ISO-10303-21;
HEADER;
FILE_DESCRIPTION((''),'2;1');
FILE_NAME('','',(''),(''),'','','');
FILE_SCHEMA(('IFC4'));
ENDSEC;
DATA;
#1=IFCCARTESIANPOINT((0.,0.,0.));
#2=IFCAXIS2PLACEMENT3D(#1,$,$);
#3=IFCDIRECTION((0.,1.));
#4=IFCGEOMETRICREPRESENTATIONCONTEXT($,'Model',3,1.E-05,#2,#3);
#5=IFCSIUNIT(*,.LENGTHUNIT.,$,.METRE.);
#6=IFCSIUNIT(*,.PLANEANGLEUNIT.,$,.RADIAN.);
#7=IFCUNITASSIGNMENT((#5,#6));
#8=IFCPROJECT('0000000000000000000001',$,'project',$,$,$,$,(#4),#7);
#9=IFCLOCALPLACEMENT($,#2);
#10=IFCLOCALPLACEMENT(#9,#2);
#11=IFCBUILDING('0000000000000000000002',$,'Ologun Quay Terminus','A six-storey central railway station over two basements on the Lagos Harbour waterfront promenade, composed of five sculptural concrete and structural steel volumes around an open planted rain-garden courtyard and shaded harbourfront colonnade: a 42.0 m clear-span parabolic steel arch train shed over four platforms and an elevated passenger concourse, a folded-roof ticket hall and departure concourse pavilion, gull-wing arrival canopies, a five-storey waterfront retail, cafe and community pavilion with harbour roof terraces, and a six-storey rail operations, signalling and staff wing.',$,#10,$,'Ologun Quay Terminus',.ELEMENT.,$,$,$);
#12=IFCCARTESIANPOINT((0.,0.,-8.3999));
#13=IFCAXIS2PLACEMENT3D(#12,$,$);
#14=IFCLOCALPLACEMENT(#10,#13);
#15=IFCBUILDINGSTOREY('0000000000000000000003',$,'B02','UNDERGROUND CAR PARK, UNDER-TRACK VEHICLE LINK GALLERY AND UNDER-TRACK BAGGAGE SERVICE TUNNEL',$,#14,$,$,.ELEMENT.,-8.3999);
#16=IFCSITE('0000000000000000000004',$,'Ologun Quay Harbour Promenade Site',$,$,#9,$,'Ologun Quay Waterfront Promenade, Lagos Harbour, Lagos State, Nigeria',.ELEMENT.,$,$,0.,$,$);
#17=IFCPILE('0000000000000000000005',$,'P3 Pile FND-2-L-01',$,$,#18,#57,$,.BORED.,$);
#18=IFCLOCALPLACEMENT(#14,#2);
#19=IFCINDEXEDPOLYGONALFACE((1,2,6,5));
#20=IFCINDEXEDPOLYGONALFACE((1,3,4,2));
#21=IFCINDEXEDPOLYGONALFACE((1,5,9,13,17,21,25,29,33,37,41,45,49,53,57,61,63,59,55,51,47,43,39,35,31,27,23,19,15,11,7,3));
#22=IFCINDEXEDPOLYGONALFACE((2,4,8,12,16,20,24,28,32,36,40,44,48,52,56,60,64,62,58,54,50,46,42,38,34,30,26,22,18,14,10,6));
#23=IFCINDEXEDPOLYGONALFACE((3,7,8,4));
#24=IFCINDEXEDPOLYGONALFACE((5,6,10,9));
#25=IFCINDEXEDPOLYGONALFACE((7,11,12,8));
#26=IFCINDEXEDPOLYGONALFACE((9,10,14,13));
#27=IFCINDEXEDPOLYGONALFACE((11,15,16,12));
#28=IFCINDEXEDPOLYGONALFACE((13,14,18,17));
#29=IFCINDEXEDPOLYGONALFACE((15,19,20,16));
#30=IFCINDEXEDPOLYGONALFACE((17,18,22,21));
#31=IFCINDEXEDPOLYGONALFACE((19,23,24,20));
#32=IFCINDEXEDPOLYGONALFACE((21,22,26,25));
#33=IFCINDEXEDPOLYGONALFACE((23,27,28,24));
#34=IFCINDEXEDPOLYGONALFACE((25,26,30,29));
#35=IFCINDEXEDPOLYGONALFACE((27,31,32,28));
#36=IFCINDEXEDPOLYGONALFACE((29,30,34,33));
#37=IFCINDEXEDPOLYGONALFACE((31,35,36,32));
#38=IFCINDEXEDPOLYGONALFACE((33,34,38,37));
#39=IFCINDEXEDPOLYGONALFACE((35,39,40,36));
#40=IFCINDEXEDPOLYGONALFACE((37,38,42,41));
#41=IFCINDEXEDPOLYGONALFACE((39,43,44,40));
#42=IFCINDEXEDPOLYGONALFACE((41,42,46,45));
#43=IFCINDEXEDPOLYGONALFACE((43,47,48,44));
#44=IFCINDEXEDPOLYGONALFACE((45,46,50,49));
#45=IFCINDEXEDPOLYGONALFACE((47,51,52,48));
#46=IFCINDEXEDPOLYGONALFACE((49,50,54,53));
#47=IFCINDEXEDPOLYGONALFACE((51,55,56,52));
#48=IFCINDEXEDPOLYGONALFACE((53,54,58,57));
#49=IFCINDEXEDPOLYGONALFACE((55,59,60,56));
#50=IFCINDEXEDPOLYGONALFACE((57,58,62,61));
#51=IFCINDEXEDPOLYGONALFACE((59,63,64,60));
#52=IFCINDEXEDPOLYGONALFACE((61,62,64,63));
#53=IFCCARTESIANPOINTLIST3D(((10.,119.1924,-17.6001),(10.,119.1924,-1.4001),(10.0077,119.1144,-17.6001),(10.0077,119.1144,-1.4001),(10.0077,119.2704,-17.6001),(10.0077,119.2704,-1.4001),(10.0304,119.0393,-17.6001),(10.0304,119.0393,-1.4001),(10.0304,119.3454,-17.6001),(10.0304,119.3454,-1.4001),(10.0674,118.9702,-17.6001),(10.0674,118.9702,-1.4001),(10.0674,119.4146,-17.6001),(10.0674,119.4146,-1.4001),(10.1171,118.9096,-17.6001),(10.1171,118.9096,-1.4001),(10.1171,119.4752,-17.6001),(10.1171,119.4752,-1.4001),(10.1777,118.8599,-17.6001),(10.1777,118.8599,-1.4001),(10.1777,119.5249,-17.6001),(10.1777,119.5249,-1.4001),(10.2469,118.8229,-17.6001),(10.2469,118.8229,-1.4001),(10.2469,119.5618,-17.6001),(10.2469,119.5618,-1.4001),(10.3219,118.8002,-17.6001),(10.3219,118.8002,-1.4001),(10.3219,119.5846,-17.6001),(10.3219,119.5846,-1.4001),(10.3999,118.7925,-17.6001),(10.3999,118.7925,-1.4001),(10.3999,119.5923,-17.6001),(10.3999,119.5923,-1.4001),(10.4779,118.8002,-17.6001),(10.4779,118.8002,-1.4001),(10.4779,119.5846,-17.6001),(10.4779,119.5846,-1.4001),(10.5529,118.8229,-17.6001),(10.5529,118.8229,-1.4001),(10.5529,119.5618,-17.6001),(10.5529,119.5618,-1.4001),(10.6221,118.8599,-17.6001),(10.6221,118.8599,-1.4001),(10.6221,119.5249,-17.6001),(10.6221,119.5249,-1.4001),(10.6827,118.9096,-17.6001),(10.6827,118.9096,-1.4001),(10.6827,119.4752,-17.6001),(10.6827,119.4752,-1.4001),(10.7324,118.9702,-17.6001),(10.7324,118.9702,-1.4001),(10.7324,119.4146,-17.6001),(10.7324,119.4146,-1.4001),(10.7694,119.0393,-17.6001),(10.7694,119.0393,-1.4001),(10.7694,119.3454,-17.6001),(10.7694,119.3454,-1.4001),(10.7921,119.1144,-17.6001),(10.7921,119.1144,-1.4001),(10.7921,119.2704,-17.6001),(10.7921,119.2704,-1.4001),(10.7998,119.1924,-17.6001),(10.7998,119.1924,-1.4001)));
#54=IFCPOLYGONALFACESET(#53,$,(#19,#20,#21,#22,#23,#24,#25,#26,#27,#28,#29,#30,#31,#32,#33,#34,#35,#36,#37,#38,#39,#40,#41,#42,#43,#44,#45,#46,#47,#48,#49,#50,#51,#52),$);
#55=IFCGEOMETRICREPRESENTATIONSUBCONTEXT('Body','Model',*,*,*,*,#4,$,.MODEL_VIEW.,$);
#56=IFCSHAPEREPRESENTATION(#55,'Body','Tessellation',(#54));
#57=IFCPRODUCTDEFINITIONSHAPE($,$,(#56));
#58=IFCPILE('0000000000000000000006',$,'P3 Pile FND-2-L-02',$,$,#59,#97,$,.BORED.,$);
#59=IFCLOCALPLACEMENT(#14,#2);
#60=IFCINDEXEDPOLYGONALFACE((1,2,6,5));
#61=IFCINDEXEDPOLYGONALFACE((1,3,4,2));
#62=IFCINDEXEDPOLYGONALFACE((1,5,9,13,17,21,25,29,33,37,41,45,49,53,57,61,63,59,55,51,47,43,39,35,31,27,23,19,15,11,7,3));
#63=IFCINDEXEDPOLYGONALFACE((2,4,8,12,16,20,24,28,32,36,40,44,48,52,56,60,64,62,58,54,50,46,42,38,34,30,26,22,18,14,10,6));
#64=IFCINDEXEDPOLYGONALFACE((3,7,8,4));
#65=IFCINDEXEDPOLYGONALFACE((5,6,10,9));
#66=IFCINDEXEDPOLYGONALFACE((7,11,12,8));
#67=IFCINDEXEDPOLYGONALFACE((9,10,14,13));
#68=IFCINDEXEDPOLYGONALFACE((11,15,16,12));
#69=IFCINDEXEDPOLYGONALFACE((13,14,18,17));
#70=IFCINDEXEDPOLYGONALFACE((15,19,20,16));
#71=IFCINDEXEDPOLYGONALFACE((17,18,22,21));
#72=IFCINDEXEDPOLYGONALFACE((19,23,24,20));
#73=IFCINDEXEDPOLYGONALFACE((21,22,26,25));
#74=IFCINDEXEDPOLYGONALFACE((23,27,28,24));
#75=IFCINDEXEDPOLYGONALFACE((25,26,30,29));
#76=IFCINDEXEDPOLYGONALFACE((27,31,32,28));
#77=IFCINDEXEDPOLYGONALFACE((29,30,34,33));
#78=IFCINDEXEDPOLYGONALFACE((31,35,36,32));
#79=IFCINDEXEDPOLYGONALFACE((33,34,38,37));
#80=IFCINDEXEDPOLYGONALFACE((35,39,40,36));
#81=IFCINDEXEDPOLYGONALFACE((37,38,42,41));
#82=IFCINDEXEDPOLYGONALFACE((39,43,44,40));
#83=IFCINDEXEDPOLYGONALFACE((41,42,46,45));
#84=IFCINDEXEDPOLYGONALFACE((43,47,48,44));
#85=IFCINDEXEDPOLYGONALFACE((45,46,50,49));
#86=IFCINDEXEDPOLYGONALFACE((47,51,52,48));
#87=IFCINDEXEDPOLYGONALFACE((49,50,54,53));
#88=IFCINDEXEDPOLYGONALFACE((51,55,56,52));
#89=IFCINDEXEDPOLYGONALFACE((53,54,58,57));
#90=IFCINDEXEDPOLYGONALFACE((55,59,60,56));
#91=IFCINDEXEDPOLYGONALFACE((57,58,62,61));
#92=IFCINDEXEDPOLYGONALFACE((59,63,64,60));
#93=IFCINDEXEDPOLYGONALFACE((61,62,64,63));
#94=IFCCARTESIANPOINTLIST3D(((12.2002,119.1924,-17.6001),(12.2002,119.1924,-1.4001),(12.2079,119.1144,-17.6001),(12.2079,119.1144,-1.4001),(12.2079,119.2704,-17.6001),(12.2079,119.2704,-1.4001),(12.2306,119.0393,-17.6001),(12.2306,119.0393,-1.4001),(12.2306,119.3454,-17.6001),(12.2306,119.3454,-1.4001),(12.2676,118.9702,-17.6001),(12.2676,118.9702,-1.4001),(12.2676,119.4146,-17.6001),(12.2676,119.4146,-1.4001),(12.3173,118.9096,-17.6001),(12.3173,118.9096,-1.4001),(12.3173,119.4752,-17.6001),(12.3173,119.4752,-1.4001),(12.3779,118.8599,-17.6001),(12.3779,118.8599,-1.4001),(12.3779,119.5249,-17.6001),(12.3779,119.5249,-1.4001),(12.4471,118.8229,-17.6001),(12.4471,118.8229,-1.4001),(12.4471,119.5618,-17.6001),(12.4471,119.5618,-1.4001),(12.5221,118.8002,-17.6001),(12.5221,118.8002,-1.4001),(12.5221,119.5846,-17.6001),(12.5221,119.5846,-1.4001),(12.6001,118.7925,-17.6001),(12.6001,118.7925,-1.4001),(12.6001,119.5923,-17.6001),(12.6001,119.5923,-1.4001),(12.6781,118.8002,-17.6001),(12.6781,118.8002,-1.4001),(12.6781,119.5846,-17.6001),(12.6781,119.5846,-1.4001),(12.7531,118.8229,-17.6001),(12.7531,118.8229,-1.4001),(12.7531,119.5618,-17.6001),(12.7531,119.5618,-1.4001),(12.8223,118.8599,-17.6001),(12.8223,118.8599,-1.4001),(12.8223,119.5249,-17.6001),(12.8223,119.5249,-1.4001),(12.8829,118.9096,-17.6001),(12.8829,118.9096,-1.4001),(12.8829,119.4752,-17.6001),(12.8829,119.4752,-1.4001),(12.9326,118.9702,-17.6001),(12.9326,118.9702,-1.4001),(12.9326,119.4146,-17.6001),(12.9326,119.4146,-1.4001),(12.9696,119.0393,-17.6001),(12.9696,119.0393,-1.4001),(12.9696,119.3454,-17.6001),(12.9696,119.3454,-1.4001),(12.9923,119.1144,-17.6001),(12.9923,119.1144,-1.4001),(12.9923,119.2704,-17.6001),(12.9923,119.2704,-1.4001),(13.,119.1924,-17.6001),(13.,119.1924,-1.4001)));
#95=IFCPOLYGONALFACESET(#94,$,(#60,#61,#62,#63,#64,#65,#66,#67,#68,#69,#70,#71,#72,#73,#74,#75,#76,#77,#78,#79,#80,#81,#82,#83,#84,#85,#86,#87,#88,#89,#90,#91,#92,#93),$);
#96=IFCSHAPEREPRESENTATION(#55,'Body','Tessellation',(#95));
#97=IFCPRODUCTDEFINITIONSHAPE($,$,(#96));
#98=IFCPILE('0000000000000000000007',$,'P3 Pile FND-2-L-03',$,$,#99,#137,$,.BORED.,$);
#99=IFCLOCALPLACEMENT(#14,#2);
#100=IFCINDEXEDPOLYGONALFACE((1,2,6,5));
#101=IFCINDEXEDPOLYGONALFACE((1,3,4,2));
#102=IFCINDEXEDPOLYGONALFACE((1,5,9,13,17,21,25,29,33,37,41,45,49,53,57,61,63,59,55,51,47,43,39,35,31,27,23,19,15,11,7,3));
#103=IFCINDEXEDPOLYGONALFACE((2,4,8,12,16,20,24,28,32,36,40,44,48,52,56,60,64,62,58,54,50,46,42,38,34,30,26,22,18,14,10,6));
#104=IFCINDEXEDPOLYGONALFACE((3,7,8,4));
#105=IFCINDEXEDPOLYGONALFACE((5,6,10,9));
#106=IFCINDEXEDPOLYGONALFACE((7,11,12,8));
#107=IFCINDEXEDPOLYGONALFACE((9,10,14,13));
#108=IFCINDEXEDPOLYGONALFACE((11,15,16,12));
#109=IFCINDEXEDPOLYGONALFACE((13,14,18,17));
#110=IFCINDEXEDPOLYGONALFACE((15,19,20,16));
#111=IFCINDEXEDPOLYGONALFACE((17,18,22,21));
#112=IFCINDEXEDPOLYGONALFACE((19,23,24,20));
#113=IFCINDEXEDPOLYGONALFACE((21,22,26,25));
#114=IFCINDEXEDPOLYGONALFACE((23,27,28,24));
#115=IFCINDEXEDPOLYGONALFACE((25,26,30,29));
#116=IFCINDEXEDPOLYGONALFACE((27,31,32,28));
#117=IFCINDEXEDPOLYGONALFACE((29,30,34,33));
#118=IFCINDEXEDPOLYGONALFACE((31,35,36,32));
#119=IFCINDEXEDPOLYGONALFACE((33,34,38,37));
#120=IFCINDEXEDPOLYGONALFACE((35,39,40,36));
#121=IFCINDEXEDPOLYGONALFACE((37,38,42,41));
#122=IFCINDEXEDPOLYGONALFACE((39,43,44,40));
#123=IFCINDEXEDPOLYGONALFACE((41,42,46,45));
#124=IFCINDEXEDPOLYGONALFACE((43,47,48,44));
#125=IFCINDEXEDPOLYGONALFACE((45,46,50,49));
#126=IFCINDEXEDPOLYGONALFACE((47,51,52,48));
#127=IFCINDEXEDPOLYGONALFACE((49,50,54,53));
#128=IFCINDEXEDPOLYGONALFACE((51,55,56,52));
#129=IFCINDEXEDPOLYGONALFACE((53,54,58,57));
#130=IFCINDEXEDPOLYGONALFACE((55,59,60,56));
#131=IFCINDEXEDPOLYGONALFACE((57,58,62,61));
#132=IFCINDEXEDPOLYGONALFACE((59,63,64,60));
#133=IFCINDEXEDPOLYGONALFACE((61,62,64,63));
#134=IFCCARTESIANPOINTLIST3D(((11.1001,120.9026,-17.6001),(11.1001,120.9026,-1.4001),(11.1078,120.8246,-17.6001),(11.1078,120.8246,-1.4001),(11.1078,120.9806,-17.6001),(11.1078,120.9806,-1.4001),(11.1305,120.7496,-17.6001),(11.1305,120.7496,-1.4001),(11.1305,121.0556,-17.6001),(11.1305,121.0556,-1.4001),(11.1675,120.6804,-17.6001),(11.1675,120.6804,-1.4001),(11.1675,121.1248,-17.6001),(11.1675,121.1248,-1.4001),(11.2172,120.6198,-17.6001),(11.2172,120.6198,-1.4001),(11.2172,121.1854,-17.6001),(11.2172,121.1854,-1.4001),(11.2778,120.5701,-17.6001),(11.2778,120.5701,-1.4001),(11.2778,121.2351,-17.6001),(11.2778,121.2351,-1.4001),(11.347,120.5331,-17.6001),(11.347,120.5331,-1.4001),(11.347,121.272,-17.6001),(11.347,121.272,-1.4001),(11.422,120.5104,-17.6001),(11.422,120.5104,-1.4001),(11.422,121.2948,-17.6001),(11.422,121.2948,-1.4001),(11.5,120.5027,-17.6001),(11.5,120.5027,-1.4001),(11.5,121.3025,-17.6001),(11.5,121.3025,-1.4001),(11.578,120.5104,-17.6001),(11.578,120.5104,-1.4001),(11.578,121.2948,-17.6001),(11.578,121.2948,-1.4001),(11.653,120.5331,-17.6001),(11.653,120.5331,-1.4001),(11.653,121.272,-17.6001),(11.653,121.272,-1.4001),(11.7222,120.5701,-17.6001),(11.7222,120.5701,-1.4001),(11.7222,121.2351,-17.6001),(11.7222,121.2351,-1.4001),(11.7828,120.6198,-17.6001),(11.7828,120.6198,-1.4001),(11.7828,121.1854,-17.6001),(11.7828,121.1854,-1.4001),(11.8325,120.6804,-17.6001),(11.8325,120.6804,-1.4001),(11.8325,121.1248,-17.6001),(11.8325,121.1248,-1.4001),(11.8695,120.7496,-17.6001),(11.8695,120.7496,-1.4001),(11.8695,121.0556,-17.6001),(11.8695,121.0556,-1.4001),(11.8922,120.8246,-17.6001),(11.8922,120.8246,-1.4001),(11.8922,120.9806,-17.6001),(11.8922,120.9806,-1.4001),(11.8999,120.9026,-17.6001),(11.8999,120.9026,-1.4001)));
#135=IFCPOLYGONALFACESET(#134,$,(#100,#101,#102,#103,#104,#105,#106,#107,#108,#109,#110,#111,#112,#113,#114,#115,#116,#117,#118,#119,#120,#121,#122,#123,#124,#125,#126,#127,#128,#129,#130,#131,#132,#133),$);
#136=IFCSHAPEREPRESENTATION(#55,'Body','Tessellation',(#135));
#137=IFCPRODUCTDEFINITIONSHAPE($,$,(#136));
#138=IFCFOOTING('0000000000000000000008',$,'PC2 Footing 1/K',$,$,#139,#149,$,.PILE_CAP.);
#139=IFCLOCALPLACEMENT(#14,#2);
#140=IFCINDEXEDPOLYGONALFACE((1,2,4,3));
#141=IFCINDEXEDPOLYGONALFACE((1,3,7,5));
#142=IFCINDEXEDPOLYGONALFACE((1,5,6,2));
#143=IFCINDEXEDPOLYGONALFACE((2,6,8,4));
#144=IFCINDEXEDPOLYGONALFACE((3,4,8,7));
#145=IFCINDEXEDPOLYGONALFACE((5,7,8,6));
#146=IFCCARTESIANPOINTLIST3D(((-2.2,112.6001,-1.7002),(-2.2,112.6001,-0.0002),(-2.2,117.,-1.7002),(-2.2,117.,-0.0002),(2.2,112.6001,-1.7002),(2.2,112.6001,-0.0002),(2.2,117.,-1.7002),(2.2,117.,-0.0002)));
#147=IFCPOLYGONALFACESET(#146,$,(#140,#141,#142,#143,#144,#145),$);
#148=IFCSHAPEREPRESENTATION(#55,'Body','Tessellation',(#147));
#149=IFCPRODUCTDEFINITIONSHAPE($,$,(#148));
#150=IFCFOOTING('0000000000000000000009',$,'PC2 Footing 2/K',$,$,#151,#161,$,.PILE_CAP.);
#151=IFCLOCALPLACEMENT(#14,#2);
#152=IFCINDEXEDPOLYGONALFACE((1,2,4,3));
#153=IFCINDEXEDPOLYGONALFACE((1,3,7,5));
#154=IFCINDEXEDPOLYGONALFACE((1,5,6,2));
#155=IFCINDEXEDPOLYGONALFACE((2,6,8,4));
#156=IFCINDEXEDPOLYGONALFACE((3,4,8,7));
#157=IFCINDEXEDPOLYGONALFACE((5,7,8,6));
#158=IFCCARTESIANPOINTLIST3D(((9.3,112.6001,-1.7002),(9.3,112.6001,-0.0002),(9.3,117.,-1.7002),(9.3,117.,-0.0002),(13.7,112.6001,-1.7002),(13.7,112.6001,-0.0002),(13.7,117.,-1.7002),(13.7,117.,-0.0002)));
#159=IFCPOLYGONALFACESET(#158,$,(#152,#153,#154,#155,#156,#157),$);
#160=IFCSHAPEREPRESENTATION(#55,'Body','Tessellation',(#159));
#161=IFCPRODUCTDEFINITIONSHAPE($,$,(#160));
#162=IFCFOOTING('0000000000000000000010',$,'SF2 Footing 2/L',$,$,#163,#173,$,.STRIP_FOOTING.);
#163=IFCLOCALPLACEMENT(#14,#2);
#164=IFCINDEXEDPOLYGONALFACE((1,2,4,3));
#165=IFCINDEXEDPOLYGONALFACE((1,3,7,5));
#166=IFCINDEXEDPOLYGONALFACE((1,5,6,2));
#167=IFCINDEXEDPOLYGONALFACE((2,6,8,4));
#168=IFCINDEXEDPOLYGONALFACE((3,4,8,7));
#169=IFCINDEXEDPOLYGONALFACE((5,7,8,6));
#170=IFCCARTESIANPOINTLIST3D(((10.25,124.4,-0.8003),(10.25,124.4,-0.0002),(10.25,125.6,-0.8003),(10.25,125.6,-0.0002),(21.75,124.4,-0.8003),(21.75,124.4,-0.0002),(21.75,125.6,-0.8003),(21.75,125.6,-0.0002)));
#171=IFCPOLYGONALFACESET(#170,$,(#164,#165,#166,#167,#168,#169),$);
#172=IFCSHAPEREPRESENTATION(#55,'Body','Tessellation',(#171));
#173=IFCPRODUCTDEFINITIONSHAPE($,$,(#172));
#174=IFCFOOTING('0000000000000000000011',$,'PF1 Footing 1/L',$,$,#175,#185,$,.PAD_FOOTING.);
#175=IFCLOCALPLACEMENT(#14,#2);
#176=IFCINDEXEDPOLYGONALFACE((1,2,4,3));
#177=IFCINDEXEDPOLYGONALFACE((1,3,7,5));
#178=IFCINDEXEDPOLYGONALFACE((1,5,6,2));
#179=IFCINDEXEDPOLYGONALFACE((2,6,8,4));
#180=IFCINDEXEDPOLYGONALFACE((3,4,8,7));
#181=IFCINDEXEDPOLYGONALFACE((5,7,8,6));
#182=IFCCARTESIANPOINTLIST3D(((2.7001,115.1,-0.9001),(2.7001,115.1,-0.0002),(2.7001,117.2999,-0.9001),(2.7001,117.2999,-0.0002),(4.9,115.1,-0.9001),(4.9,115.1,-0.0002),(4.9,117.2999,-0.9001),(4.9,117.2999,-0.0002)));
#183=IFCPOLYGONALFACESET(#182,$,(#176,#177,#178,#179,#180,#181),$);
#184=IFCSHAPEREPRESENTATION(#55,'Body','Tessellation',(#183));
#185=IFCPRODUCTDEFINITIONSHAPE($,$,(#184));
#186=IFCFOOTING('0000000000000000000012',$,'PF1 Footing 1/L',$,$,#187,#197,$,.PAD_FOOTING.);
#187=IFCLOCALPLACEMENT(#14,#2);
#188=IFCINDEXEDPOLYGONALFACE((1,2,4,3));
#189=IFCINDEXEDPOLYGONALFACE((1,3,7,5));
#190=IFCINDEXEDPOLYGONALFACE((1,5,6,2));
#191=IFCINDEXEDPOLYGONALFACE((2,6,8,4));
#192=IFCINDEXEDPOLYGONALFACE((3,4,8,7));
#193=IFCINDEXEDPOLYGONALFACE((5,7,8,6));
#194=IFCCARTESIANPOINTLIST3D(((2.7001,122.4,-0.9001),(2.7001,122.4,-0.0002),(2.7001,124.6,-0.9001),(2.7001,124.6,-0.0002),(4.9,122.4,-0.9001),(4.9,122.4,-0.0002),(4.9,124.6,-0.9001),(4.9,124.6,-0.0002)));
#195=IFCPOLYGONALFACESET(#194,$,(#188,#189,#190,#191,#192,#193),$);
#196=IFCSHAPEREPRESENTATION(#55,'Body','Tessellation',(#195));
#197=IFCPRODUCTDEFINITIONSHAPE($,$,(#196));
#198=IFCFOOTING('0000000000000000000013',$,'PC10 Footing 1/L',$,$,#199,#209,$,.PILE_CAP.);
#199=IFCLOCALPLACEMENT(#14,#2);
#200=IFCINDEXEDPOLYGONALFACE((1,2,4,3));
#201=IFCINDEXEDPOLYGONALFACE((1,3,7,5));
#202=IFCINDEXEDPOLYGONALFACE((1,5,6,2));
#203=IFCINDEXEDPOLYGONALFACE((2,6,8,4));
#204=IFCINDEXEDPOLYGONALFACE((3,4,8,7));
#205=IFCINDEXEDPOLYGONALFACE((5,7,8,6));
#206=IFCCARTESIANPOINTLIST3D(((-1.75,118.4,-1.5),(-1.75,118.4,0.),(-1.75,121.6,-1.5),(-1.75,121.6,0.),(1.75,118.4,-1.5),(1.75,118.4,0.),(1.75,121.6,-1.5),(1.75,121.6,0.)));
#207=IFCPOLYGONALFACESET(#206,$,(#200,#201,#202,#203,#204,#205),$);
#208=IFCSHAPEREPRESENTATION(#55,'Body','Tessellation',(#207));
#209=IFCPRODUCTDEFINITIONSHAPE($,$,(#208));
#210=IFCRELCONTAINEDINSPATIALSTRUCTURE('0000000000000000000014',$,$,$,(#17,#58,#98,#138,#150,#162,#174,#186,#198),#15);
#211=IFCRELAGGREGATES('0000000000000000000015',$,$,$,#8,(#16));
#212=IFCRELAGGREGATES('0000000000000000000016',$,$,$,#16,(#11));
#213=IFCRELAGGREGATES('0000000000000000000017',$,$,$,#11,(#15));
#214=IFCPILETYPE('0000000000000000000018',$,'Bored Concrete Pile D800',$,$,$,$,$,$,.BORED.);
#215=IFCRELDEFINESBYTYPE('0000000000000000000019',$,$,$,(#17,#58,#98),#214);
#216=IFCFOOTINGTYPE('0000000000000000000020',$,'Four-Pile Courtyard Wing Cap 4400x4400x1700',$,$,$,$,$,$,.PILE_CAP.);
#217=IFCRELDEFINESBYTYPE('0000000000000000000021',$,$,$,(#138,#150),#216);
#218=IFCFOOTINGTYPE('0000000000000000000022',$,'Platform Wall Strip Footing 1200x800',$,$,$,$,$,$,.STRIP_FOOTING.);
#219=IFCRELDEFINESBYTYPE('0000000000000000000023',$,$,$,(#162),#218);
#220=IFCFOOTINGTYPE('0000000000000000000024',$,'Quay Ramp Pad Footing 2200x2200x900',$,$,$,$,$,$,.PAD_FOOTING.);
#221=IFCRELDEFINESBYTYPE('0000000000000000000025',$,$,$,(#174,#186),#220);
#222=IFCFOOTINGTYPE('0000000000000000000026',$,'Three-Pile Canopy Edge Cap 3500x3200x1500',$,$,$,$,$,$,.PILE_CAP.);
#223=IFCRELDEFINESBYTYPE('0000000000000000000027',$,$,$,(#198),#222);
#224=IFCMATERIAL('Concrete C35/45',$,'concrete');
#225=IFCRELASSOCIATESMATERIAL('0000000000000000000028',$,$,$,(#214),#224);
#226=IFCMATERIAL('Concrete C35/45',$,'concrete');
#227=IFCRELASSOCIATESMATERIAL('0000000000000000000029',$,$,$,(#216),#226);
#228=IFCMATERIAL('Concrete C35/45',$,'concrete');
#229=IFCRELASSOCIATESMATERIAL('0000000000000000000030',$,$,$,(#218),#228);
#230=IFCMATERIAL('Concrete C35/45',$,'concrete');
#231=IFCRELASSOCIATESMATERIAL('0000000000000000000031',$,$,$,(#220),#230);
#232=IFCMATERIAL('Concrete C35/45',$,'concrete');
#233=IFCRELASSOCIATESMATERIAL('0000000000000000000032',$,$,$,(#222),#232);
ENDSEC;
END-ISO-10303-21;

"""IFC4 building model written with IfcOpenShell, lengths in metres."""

from ifc_helpers import new_model, si_unit, direction, frame, origin, origin_2d, place, context, subcontext, project, spatial, rectangle, circle, extrude, material, material_profile, profile_set, type_object, element, save


model = new_model("IFC4")

# Units and contexts
model_context = context("Model", 3, precision=1e-05, world=origin(), true_north=direction((0.0, 1.0)))
body_context = subcontext(model_context, "Body", "Model", "MODEL_VIEW")
ifc_project = project(units=[si_unit("LENGTHUNIT", "METRE"), si_unit("PLANEANGLEUNIT", "RADIAN")], contexts=[model_context])

# Site, building, storey
site_placement = place(None, origin())
site = spatial("IfcSite", under=ifc_project, at=site_placement, Name="Ologun Quay Harbour Promenade Site", LongName="Ologun Quay Waterfront Promenade, Lagos Harbour, Lagos State, Nigeria", CompositionType="ELEMENT", RefElevation=0.0)
building_placement = place(site_placement, origin())
building = spatial("IfcBuilding", under=site, at=building_placement, Name="Ologun Quay Terminus", Description="A six-storey central railway station over two basements on the Lagos Harbour waterfront promenade, composed of five sculptural concrete and structural steel volumes around an open planted rain-garden courtyard and shaded harbourfront colonnade: a 42.0 m clear-span parabolic steel arch train shed over four platforms and an elevated passenger concourse, a folded-roof ticket hall and departure concourse pavilion, gull-wing arrival canopies, a five-storey waterfront retail, cafe and community pavilion with harbour roof terraces, and a six-storey rail operations, signalling and staff wing.", LongName="Ologun Quay Terminus", CompositionType="ELEMENT")
storey_placement = place(building_placement, frame((0.0, 0.0, -8.3999)))
storey = spatial("IfcBuildingStorey", under=building, at=storey_placement, Name="B02", Description="UNDERGROUND CAR PARK, UNDER-TRACK VEHICLE LINK GALLERY AND UNDER-TRACK BAGGAGE SERVICE TUNNEL", CompositionType="ELEMENT", Elevation=-8.3999)

# Piles
ifc_material_1 = material(Name="Concrete C35/45", Category="concrete")
ifc_material_profile_1 = material_profile(ifc_material_1, circle(Radius=0.3999, at=origin_2d()), Name="PILE D800")
ifc_profile_set_1 = profile_set([ifc_material_profile_1], Name="Concrete C35/45")
pile_type_1 = type_object("IfcPileType", Name="Bored Concrete Pile D800", PredefinedType="BORED", material=ifc_profile_set_1)
for number, where, z_axis, x_axis, name in (
    (1, (10.3999, 119.1924, -1.4001), (0.0, 0.0, -1.0), (1.0, 0.0, 0.0), "P3 Pile FND-2-L-01"),
    (2, (12.6001, 119.1924, -1.4001), (0.0, 0.0, -1.0), (1.0, 0.0, 0.0), "P3 Pile FND-2-L-02"),
    (3, (11.5, 120.9026, -1.4001), (0.0, 0.0, -1.0), (1.0, 0.0, 0.0), "P3 Pile FND-2-L-03"),
):
    element("IfcPile", number, at=place(storey_placement, frame(where, z_axis=z_axis, x_axis=x_axis)), inside=storey, type_object=pile_type_1, Name=name, PredefinedType="BORED", context=body_context, shape_type="SweptSolid", body=[
        extrude(circle(Radius=0.3999, at=origin_2d()), origin(), (0.0, 0.0, 1.0), 16.2),
    ])

# Footings
ifc_material_2 = material(Name="Concrete C35/45", Category="concrete")
footing_type_1 = type_object("IfcFootingType", Name="Four-Pile Courtyard Wing Cap 4400x4400x1700", PredefinedType="PILE_CAP", material=ifc_material_2)
for number, where, z_axis, x_axis, name in (
    (4, (0.0, 114.8, -1.7002), (0.0, 0.0, 1.0), (1.0, 0.0, 0.0), "PC2 Footing 1/K"),
    (5, (11.5, 114.8, -1.7002), (0.0, 0.0, 1.0), (1.0, 0.0, 0.0), "PC2 Footing 2/K"),
):
    element("IfcFooting", number, at=place(storey_placement, frame(where, z_axis=z_axis, x_axis=x_axis)), inside=storey, type_object=footing_type_1, Name=name, PredefinedType="PILE_CAP", context=body_context, shape_type="SweptSolid", body=[
        extrude(rectangle(XDim=4.3999, YDim=4.3999, at=origin_2d()), origin(), (0.0, 0.0, 1.0), 1.7),
    ])
ifc_material_3 = material(Name="Concrete C35/45", Category="concrete")
footing_type_2 = type_object("IfcFootingType", Name="Platform Wall Strip Footing 1200x800", PredefinedType="STRIP_FOOTING", material=ifc_material_3)
footing_placement = place(storey_placement, frame((16.0, 125.0, -0.8003), z_axis=(0.0, 0.0, 1.0), x_axis=(1.0, 0.0, 0.0)))
element("IfcFooting", 6, at=footing_placement, inside=storey, type_object=footing_type_2, Name="SF2 Footing 2/L", PredefinedType="STRIP_FOOTING", context=body_context, shape_type="SweptSolid", body=[
    extrude(rectangle(XDim=11.5, YDim=1.2, at=origin_2d()), origin(), (0.0, 0.0, 1.0), 0.8),
])
ifc_material_4 = material(Name="Concrete C35/45", Category="concrete")
footing_type_3 = type_object("IfcFootingType", Name="Quay Ramp Pad Footing 2200x2200x900", PredefinedType="PAD_FOOTING", material=ifc_material_4)
for number, where, z_axis, x_axis, name in (
    (7, (3.8, 116.2, -0.9001), (0.0, 0.0, 1.0), (1.0, 0.0, 0.0), "PF1 Footing 1/L"),
    (8, (3.8, 123.5, -0.9001), (0.0, 0.0, 1.0), (1.0, 0.0, 0.0), "PF1 Footing 1/L"),
):
    element("IfcFooting", number, at=place(storey_placement, frame(where, z_axis=z_axis, x_axis=x_axis)), inside=storey, type_object=footing_type_3, Name=name, PredefinedType="PAD_FOOTING", context=body_context, shape_type="SweptSolid", body=[
        extrude(rectangle(XDim=2.2, YDim=2.2, at=origin_2d()), origin(), (0.0, 0.0, 1.0), 0.8999),
    ])
ifc_material_5 = material(Name="Concrete C35/45", Category="concrete")
footing_type_4 = type_object("IfcFootingType", Name="Three-Pile Canopy Edge Cap 3500x3200x1500", PredefinedType="PILE_CAP", material=ifc_material_5)
for number, where, z_axis, x_axis, name in (
    (9, (0.0, 120.0, -1.5), (0.0, 0.0, 1.0), (1.0, 0.0, 0.0), "PC10 Footing 1/L"),
):
    element("IfcFooting", number, at=place(storey_placement, frame(where, z_axis=z_axis, x_axis=x_axis)), inside=storey, type_object=footing_type_4, Name=name, PredefinedType="PILE_CAP", context=body_context, shape_type="SweptSolid", body=[
        extrude(rectangle(XDim=3.5, YDim=3.2, at=origin_2d()), origin(), (0.0, 0.0, 1.0), 1.5),
    ])

save(model, "model.ifc")
